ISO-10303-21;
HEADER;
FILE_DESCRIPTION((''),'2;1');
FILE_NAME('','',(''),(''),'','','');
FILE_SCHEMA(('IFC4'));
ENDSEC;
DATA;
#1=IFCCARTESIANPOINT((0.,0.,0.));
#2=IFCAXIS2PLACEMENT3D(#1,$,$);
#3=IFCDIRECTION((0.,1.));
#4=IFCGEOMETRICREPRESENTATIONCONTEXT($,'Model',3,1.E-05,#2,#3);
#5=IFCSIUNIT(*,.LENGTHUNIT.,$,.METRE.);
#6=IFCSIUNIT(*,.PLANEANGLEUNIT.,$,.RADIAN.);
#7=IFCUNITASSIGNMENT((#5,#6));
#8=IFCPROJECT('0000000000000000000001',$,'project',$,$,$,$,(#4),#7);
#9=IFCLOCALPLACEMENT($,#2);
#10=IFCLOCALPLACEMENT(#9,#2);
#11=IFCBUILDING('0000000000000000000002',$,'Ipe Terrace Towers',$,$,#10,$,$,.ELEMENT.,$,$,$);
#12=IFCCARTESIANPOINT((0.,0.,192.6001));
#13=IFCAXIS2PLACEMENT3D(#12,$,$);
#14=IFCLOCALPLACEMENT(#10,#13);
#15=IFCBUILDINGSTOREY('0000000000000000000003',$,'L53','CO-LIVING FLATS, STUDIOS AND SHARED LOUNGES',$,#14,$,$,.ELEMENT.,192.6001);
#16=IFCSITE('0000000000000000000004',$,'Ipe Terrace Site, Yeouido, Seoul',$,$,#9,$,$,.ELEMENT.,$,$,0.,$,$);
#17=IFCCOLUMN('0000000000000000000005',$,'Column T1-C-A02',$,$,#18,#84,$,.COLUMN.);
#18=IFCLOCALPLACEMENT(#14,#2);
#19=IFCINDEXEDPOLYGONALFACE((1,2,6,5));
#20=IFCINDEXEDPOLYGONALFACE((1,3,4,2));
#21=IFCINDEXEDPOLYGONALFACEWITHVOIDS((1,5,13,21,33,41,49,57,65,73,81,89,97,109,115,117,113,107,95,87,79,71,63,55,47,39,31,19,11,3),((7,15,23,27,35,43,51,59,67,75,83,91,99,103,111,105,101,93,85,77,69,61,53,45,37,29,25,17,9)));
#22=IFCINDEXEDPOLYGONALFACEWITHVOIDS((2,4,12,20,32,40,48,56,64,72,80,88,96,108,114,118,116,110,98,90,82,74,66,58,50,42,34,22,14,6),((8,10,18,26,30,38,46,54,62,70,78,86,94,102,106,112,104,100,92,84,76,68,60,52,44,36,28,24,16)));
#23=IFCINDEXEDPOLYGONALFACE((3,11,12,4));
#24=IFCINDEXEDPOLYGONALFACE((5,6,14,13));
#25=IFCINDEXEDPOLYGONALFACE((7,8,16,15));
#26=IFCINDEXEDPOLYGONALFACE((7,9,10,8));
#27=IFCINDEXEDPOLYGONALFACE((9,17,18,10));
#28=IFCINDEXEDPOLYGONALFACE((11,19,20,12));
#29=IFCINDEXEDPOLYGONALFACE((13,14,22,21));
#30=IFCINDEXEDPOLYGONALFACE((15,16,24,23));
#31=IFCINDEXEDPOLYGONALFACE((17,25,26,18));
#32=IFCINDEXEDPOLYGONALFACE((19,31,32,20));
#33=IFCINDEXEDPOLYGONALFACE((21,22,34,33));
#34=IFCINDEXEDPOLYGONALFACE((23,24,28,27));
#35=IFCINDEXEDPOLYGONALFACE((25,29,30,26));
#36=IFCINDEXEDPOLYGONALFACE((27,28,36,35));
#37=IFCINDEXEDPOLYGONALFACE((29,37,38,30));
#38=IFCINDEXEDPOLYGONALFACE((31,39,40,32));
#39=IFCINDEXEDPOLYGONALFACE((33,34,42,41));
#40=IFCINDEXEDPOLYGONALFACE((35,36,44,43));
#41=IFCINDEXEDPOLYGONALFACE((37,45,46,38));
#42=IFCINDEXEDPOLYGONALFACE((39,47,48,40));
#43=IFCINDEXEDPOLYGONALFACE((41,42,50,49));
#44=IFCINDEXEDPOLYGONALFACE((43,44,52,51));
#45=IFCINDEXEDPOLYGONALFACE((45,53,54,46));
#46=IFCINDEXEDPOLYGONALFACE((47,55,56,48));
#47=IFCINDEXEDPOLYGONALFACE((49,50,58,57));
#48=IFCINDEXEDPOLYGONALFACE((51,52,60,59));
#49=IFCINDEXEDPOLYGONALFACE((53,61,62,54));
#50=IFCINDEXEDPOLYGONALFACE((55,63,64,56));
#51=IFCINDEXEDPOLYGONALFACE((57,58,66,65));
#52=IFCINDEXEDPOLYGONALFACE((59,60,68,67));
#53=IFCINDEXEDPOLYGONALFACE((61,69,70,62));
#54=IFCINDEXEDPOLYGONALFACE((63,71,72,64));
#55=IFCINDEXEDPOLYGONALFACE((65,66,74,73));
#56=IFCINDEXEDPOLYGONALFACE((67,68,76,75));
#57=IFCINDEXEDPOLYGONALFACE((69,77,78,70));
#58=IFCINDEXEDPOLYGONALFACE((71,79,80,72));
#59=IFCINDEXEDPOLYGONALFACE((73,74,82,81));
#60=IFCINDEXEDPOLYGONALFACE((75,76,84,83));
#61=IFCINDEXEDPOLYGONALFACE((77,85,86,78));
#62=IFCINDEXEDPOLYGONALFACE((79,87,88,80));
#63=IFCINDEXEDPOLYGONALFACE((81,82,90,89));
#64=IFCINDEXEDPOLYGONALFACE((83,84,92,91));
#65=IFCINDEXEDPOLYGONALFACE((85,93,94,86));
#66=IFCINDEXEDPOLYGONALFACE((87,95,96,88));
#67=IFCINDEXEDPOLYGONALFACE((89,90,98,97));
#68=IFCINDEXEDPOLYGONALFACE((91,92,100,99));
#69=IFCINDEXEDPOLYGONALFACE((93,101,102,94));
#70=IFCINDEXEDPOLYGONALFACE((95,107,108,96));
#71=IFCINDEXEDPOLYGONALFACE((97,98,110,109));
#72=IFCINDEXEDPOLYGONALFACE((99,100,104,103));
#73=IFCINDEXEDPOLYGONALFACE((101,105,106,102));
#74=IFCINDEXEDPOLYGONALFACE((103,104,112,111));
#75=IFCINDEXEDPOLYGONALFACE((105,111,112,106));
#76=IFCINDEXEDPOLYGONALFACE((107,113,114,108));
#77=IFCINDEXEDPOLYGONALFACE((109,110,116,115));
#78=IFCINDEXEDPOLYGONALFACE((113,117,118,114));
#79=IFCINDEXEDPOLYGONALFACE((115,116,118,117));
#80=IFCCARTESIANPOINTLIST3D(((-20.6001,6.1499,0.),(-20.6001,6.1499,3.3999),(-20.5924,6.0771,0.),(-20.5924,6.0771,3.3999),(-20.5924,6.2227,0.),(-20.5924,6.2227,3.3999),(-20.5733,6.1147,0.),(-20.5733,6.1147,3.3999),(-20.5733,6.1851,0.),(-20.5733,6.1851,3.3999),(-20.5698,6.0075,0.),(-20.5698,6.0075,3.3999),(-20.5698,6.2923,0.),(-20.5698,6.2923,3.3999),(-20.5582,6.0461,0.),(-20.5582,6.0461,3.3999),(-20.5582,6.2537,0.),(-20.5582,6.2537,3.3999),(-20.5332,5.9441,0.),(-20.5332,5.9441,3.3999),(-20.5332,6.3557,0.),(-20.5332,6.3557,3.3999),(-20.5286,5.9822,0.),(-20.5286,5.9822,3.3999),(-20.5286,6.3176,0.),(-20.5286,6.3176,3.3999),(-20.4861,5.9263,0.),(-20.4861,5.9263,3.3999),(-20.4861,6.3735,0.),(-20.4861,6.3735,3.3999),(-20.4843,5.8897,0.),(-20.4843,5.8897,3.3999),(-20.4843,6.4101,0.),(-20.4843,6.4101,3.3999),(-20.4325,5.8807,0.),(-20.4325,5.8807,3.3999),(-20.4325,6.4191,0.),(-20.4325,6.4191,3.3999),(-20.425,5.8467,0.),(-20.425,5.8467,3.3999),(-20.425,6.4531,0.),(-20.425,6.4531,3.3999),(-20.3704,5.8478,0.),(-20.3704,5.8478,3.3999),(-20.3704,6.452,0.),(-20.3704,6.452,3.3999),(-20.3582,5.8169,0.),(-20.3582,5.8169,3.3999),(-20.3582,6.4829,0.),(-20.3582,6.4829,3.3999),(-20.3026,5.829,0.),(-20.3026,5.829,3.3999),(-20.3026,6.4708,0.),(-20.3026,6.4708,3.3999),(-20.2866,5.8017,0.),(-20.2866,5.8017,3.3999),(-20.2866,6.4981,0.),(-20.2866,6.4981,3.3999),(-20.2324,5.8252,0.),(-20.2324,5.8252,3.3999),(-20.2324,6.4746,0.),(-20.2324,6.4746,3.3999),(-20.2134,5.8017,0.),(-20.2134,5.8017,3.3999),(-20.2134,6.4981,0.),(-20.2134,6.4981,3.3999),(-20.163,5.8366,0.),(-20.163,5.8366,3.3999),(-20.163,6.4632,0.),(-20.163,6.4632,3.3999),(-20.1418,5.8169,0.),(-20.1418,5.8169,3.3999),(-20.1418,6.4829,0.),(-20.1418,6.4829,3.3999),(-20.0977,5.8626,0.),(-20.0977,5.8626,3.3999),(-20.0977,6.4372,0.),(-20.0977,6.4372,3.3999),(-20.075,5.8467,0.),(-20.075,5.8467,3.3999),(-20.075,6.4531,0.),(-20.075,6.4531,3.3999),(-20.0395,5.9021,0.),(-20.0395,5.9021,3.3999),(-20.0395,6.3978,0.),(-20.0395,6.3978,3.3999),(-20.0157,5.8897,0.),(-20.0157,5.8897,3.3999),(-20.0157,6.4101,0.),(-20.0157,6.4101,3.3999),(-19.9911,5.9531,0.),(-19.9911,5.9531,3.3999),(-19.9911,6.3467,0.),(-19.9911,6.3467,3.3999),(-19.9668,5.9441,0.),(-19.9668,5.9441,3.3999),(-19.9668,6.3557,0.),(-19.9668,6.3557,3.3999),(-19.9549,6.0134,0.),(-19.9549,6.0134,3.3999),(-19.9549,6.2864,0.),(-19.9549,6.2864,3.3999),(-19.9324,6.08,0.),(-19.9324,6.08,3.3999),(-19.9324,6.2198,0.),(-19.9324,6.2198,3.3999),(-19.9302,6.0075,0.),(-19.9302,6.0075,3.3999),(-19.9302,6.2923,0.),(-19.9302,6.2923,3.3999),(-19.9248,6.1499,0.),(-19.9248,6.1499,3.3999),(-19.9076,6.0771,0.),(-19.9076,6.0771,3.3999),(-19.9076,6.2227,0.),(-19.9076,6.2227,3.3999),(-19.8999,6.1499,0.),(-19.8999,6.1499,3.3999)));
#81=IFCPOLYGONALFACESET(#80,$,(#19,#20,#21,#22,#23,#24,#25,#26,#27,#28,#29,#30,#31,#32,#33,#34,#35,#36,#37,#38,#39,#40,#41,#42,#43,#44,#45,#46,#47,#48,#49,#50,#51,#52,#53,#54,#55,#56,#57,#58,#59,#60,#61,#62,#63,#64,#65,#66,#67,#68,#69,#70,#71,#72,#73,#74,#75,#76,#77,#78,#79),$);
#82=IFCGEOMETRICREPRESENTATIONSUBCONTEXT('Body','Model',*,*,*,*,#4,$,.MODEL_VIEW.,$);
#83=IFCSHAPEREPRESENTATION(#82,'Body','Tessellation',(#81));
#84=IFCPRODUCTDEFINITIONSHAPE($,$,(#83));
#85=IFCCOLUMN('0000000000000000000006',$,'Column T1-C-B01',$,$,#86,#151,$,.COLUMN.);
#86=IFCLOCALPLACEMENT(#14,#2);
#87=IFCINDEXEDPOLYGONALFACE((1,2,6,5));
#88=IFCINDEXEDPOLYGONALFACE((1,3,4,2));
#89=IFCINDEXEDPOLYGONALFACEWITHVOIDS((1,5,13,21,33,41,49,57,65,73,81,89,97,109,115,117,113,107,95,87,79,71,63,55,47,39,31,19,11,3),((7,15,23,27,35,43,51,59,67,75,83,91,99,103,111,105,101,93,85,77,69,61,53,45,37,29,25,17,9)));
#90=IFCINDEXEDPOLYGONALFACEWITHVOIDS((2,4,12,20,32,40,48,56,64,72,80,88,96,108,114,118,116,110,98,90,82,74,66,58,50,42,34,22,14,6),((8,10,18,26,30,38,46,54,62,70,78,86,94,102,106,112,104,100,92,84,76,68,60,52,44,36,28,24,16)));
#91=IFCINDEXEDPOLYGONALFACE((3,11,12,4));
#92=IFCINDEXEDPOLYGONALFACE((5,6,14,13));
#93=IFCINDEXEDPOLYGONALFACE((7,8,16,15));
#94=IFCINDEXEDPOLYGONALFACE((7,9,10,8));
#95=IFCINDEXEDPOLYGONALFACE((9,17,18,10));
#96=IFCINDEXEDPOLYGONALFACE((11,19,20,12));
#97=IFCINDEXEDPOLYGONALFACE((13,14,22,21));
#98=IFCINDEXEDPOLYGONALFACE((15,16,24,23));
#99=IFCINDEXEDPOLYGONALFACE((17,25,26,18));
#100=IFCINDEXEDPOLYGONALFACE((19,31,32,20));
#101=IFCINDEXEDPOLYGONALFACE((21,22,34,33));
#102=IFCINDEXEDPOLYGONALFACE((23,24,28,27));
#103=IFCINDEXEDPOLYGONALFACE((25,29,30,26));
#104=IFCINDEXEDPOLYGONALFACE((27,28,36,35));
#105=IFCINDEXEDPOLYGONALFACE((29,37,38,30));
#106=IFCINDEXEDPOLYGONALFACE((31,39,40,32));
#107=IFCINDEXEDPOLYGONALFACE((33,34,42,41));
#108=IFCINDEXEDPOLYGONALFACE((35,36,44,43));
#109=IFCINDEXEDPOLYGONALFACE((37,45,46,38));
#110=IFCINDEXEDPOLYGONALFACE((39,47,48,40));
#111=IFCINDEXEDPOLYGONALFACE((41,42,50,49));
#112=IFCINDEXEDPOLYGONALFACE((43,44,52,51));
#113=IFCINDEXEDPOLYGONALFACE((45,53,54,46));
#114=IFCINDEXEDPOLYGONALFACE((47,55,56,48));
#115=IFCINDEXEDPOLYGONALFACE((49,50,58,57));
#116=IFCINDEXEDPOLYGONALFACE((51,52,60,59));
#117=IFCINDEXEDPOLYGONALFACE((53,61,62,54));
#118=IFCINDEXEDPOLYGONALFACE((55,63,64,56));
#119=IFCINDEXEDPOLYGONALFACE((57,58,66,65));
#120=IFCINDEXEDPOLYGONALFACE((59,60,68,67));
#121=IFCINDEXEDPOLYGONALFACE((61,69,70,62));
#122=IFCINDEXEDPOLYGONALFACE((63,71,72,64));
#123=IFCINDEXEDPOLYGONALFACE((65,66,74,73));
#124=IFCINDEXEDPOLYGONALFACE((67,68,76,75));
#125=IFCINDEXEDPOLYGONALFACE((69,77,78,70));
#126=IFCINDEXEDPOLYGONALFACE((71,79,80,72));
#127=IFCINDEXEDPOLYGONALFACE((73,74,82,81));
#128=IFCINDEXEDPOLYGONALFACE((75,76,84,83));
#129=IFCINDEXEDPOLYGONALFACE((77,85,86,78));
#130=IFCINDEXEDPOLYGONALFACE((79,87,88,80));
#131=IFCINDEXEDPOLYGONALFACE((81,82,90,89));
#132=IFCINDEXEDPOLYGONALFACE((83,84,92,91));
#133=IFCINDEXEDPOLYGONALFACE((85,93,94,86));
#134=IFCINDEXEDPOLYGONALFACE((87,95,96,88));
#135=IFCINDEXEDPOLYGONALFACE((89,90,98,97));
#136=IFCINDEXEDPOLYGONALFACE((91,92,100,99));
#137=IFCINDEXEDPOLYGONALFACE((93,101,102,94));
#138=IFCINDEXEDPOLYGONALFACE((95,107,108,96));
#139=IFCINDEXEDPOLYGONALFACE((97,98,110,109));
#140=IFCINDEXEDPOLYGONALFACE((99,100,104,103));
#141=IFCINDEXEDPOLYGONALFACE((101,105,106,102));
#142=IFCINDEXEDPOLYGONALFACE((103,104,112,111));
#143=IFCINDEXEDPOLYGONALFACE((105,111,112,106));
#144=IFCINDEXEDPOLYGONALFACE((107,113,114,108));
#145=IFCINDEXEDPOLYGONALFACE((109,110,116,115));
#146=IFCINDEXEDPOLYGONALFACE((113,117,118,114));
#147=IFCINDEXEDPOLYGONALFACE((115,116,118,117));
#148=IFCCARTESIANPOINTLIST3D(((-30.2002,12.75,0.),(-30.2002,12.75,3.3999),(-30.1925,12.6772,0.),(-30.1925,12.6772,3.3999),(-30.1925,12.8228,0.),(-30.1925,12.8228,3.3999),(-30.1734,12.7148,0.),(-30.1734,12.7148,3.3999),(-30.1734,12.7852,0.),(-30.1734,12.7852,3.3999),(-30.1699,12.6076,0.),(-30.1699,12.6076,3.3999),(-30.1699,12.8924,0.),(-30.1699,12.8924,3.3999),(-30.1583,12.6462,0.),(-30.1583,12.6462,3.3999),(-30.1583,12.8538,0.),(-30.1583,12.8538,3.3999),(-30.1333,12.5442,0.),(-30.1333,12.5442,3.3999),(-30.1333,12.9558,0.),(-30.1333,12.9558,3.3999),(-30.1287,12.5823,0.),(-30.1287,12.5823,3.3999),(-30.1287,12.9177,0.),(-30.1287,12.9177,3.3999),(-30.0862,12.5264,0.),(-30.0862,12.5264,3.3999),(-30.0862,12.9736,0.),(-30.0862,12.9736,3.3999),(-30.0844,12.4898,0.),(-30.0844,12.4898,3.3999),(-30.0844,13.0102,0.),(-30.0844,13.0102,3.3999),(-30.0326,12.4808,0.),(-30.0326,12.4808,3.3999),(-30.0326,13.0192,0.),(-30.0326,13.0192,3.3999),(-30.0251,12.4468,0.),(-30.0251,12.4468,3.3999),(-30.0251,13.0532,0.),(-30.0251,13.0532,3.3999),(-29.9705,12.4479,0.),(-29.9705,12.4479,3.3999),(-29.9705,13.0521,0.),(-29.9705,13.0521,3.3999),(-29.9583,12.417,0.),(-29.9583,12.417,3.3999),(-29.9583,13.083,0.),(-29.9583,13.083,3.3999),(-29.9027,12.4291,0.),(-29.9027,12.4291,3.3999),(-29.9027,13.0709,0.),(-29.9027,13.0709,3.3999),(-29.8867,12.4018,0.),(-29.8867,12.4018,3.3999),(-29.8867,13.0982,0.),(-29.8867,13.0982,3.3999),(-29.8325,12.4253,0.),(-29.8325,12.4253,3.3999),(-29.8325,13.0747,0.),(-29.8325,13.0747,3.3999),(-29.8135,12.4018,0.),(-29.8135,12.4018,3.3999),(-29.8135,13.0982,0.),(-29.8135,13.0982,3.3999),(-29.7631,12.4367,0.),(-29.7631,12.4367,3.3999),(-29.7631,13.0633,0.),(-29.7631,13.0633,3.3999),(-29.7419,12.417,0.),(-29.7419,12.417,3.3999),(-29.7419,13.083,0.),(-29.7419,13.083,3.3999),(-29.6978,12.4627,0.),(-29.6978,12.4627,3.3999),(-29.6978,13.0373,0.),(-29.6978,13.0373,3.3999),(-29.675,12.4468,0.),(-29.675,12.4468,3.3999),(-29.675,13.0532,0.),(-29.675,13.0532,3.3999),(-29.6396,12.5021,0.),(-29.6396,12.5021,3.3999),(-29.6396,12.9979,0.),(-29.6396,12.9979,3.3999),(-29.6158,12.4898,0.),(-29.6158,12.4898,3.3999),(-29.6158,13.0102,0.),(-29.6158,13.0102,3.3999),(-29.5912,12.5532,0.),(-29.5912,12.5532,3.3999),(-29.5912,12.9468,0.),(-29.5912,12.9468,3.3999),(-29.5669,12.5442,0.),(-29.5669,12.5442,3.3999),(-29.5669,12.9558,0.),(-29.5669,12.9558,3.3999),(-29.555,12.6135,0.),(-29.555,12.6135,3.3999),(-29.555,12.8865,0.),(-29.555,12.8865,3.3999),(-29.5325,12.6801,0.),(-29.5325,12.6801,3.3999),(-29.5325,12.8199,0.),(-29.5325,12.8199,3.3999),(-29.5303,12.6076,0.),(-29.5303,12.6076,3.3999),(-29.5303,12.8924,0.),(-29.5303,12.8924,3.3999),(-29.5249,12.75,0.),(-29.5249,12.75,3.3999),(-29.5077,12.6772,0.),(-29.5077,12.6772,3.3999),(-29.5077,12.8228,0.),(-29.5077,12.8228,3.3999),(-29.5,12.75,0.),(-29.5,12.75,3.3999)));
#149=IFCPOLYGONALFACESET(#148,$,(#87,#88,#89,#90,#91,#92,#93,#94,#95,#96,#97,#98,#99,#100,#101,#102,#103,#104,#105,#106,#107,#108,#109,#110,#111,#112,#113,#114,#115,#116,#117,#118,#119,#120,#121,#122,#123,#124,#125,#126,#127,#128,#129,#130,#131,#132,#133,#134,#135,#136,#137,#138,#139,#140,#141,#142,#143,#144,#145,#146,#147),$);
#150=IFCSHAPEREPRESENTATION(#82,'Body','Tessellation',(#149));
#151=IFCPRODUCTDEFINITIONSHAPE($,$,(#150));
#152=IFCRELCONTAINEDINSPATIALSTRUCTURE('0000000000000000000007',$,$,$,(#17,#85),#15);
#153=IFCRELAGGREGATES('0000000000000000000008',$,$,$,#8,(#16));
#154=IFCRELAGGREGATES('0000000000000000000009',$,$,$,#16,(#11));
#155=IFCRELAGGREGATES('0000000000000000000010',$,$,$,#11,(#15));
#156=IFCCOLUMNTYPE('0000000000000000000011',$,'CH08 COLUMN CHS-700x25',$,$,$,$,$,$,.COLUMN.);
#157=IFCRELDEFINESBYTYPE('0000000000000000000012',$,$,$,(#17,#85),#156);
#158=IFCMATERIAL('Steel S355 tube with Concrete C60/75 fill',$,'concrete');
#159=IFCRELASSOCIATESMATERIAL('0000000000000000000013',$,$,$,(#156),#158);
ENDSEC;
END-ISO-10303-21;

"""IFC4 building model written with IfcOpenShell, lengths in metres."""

from ifc_helpers import new_model, si_unit, direction, frame, origin, origin_2d, place, context, subcontext, project, spatial, hollow_circle, extrude, material, material_profile, profile_set, type_object, element, save


model = new_model("IFC4")

# Units and contexts
model_context = context("Model", 3, precision=1e-05, world=origin(), true_north=direction((0.0, 1.0)))
body_context = subcontext(model_context, "Body", "Model", "MODEL_VIEW")
ifc_project = project(units=[si_unit("LENGTHUNIT", "METRE"), si_unit("PLANEANGLEUNIT", "RADIAN")], contexts=[model_context])

# Site, building, storey
site_placement = place(None, origin())
site = spatial("IfcSite", under=ifc_project, at=site_placement, Name="Ipe Terrace Site, Yeouido, Seoul", CompositionType="ELEMENT", RefElevation=0.0)
building_placement = place(site_placement, origin())
building = spatial("IfcBuilding", under=site, at=building_placement, Name="Ipe Terrace Towers", CompositionType="ELEMENT")
storey_placement = place(building_placement, frame((0.0, 0.0, 192.6001)))
storey = spatial("IfcBuildingStorey", under=building, at=storey_placement, Name="L53", Description="CO-LIVING FLATS, STUDIOS AND SHARED LOUNGES", CompositionType="ELEMENT", Elevation=192.6001)

# Columns
ifc_material_1 = material(Name="Steel S355 tube with Concrete C60/75 fill", Category="concrete")
ifc_material_profile_1 = material_profile(ifc_material_1, hollow_circle(Radius=0.3501, WallThickness=0.0249, at=origin_2d()), Name="CHS-700x25")
ifc_profile_set_1 = profile_set([ifc_material_profile_1], Name="Steel S355 tube with Concrete C60/75 fill")
column_type_1 = type_object("IfcColumnType", Name="CH08 COLUMN CHS-700x25", PredefinedType="COLUMN", material=ifc_profile_set_1)
for number, where, z_axis, x_axis, name in (
    (1, (-20.25, 6.1499, 0.0), (0.0, 0.0, 1.0), (1.0, 0.0, 0.0), "Column T1-C-A02"),
    (2, (-29.8501, 12.75, 0.0), (0.0, 0.0, 1.0), (1.0, 0.0, 0.0), "Column T1-C-B01"),
):
    element("IfcColumn", number, at=place(storey_placement, frame(where, z_axis=z_axis, x_axis=x_axis)), inside=storey, type_object=column_type_1, Name=name, PredefinedType="COLUMN", context=body_context, shape_type="SweptSolid", body=[
        extrude(hollow_circle(Radius=0.3501, WallThickness=0.0249, at=origin_2d()), origin(), (0.0, 0.0, 1.0), 3.3999),
    ])

save(model, "model.ifc")
